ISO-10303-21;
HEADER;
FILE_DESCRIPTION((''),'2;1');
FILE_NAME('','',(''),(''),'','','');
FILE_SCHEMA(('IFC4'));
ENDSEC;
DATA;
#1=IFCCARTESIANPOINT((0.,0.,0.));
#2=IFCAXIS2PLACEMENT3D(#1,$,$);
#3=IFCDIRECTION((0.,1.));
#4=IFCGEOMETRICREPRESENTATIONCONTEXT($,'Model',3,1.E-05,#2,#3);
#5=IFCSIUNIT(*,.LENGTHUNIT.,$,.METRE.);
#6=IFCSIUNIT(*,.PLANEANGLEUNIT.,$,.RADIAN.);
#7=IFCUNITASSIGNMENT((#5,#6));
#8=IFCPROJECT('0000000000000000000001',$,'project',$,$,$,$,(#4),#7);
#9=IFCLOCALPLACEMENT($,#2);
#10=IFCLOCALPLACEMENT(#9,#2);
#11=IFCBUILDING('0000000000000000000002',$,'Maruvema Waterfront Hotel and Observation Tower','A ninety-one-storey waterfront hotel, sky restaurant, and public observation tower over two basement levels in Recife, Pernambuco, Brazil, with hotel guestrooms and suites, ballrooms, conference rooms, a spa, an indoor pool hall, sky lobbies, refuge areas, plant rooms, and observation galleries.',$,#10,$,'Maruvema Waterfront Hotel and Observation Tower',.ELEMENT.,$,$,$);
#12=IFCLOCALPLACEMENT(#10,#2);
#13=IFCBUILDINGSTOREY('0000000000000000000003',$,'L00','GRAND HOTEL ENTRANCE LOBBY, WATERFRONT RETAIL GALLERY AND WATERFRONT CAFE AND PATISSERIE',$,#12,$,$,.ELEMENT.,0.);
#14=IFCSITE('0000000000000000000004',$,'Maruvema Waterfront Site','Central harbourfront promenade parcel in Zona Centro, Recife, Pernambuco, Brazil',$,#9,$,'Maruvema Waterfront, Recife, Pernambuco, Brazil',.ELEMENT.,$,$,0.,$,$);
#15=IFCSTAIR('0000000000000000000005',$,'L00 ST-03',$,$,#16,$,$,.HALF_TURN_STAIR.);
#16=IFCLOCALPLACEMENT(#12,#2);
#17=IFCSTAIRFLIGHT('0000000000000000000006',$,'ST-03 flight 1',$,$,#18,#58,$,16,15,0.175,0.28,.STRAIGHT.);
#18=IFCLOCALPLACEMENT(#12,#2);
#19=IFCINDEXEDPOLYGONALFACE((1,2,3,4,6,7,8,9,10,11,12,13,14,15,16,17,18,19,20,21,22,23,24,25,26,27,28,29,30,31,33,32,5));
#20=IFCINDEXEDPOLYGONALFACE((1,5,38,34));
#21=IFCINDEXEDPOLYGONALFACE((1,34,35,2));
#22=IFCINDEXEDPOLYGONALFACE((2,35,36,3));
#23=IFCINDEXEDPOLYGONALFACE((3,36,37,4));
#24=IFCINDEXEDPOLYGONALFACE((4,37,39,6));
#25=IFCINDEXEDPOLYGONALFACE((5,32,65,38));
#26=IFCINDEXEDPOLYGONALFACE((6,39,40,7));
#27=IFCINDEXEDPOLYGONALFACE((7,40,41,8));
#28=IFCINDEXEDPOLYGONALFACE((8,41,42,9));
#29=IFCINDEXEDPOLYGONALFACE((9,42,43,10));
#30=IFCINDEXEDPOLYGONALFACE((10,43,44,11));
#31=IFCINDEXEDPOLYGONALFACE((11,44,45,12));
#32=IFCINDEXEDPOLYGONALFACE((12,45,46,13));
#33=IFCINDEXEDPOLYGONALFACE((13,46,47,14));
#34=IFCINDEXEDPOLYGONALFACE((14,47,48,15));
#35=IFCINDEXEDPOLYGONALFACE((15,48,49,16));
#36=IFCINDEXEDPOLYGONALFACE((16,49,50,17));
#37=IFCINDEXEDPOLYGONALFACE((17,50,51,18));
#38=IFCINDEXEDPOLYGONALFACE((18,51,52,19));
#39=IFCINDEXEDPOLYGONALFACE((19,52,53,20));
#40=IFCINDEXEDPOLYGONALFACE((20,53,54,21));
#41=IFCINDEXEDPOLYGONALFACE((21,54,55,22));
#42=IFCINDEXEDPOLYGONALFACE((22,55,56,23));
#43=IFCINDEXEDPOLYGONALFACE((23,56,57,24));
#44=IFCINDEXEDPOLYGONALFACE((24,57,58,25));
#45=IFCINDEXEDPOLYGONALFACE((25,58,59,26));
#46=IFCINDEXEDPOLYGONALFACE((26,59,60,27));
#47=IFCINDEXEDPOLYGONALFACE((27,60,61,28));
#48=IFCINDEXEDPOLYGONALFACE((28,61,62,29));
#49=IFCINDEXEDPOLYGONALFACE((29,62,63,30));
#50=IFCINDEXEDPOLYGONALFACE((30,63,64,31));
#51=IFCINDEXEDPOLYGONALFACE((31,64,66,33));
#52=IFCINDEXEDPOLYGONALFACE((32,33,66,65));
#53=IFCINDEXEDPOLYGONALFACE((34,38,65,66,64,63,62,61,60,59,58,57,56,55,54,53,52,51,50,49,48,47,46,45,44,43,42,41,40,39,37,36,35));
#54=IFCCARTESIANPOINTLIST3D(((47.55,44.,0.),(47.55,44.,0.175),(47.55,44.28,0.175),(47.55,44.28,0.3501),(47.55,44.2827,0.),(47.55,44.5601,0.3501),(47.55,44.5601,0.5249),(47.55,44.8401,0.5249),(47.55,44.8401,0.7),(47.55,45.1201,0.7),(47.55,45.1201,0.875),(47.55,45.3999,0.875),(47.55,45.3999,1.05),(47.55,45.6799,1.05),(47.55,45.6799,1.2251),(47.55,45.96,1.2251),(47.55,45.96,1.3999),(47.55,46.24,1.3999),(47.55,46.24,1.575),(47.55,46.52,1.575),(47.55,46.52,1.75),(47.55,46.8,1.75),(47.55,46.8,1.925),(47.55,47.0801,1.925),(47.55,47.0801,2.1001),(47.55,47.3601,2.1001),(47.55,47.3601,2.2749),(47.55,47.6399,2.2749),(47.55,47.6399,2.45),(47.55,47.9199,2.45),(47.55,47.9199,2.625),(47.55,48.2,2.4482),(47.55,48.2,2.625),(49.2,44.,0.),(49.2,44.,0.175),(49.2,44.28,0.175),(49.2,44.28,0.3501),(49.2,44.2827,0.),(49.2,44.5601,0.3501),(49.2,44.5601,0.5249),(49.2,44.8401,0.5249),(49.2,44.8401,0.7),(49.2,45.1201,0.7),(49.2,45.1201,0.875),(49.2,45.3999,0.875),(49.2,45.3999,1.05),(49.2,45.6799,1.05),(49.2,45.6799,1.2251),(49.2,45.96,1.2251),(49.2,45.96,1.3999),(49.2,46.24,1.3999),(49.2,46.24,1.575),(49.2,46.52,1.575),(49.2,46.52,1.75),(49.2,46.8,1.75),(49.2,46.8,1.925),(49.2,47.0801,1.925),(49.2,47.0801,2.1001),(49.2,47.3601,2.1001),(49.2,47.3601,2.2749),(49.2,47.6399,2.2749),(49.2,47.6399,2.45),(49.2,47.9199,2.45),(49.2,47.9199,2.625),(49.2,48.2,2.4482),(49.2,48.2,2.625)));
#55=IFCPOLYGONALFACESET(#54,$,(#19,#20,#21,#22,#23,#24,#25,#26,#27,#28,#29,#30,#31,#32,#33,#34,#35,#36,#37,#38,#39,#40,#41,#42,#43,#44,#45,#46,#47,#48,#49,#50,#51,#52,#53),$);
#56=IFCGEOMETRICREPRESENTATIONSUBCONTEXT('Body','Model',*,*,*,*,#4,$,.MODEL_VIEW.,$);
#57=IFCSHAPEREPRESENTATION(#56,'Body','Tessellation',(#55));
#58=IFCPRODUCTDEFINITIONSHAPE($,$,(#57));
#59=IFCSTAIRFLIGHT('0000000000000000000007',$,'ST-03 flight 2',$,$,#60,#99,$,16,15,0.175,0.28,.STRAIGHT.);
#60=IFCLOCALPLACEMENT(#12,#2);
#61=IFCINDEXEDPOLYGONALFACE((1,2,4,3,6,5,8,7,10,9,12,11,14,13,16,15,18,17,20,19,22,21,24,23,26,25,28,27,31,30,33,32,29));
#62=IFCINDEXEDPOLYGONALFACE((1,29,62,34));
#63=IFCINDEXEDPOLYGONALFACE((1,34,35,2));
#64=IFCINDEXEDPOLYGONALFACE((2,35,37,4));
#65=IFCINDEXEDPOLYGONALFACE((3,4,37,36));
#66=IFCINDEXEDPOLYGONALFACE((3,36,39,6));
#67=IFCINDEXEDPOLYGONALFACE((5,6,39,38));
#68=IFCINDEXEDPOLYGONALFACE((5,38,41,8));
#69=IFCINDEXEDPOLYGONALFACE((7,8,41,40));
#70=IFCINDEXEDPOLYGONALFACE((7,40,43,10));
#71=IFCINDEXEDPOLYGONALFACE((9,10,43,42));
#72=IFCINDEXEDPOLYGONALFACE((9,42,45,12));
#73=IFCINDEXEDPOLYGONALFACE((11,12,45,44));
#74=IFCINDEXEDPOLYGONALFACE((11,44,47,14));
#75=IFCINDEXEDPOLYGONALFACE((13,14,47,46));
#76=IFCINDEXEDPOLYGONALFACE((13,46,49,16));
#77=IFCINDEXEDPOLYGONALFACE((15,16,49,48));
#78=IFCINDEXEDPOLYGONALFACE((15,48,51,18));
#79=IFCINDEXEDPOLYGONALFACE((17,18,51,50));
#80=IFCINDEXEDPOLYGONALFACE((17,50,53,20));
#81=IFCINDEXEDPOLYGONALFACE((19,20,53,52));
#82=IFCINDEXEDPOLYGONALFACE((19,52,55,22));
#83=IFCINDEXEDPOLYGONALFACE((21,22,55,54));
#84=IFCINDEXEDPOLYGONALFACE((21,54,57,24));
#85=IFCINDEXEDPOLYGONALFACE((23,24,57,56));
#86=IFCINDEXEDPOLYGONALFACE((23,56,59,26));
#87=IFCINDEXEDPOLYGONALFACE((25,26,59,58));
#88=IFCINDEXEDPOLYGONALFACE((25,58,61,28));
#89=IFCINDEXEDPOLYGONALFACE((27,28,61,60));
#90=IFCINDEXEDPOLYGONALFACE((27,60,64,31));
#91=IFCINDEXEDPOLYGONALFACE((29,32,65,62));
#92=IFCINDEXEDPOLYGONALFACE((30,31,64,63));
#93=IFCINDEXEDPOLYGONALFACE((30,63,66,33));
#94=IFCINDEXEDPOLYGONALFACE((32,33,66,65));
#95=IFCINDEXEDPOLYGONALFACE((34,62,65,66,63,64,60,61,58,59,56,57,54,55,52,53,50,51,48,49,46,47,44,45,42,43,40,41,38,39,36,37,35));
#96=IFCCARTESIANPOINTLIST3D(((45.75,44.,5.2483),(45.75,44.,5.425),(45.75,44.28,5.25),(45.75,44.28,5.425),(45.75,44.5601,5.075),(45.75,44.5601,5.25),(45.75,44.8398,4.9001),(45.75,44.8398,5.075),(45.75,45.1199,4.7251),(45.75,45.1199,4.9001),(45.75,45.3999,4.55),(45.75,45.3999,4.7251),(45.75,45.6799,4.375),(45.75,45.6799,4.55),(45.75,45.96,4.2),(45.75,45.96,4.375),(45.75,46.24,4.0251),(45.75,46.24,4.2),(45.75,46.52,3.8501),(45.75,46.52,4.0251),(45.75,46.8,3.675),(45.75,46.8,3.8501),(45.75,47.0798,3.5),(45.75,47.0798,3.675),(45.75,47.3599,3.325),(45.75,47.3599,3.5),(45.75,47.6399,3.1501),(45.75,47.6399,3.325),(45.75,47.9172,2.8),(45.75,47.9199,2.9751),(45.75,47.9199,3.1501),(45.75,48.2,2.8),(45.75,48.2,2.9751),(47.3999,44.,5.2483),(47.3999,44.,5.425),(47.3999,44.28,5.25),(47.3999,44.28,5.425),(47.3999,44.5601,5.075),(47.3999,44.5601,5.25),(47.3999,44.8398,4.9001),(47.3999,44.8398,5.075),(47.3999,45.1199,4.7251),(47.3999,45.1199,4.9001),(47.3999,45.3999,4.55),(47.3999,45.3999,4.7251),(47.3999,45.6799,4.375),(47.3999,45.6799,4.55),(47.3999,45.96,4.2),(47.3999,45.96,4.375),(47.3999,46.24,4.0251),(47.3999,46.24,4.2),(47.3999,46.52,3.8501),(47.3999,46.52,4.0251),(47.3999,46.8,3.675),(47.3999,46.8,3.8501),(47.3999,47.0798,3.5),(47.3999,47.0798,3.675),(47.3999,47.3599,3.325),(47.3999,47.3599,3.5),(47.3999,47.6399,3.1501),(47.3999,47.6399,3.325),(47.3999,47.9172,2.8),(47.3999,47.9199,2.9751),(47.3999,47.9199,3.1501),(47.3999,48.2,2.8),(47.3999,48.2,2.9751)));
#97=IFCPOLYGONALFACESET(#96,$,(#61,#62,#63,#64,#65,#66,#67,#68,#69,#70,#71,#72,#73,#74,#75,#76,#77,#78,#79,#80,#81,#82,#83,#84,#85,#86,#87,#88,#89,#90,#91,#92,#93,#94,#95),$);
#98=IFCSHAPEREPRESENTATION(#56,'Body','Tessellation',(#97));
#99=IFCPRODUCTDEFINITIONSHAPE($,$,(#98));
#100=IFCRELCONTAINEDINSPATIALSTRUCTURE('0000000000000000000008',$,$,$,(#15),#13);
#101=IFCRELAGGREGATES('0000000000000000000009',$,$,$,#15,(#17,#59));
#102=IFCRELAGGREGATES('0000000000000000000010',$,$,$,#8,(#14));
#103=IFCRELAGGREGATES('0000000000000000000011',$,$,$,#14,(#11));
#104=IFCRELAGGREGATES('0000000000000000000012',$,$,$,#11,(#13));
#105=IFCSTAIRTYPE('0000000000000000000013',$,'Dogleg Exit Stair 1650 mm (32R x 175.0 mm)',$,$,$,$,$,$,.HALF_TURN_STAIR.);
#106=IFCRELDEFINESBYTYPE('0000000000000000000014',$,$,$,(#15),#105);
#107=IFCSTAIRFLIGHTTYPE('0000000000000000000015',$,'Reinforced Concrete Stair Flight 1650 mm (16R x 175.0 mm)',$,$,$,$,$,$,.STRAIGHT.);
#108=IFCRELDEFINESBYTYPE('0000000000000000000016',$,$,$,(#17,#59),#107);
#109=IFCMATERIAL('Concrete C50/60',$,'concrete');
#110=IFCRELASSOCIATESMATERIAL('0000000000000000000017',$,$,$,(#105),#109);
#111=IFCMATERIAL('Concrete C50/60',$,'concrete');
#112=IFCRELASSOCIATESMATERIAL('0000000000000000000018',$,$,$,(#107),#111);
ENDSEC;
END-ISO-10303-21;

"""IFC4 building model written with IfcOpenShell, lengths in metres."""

from ifc_helpers import new_model, si_unit, direction, frame, origin, place, context, subcontext, project, spatial, polyline, outline, extrude, material, type_object, element, aggregate, save


model = new_model("IFC4")

# Units and contexts
model_context = context("Model", 3, precision=1e-05, world=origin(), true_north=direction((0.0, 1.0)))
body_context = subcontext(model_context, "Body", "Model", "MODEL_VIEW")
ifc_project = project(units=[si_unit("LENGTHUNIT", "METRE"), si_unit("PLANEANGLEUNIT", "RADIAN")], contexts=[model_context])

# Site, building, storey
site_placement = place(None, origin())
site = spatial("IfcSite", under=ifc_project, at=site_placement, Name="Maruvema Waterfront Site", Description="Central harbourfront promenade parcel in Zona Centro, Recife, Pernambuco, Brazil", LongName="Maruvema Waterfront, Recife, Pernambuco, Brazil", CompositionType="ELEMENT", RefElevation=0.0)
building_placement = place(site_placement, origin())
building = spatial("IfcBuilding", under=site, at=building_placement, Name="Maruvema Waterfront Hotel and Observation Tower", Description="A ninety-one-storey waterfront hotel, sky restaurant, and public observation tower over two basement levels in Recife, Pernambuco, Brazil, with hotel guestrooms and suites, ballrooms, conference rooms, a spa, an indoor pool hall, sky lobbies, refuge areas, plant rooms, and observation galleries.", LongName="Maruvema Waterfront Hotel and Observation Tower", CompositionType="ELEMENT")
storey_placement = place(building_placement, origin())
storey = spatial("IfcBuildingStorey", under=building, at=storey_placement, Name="L00", Description="GRAND HOTEL ENTRANCE LOBBY, WATERFRONT RETAIL GALLERY AND WATERFRONT CAFE AND PATISSERIE", CompositionType="ELEMENT", Elevation=0.0)

# Stair, stair flights
ifc_material_1 = material(Name="Concrete C50/60", Category="concrete")
stair_type = type_object("IfcStairType", Name="Dogleg Exit Stair 1650 mm (32R x 175.0 mm)", PredefinedType="HALF_TURN_STAIR", material=ifc_material_1)
stair_placement = place(storey_placement, origin())
stair = element("IfcStair", 1, at=stair_placement, inside=storey, type_object=stair_type, Name="L00 ST-03", PredefinedType="HALF_TURN_STAIR")
ifc_material_2 = material(Name="Concrete C50/60", Category="concrete")
stair_flight_type = type_object("IfcStairFlightType", Name="Reinforced Concrete Stair Flight 1650 mm (16R x 175.0 mm)", PredefinedType="STRAIGHT", material=ifc_material_2)
stair_flight_1_placement = place(storey_placement, frame((48.375, 44.0, 0.0), z_axis=(0.0, 0.0, 1.0), x_axis=(0.0, 1.0, 0.0)))
stair_flight_1 = element("IfcStairFlight", 2, at=stair_flight_1_placement, type_object=stair_flight_type, Name="ST-03 flight 1", NumberOfRisers=16, NumberOfTreads=15, PredefinedType="STRAIGHT", RiserHeight=0.175, TreadLength=0.28, context=body_context, shape_type="SweptSolid", body=[
    extrude(outline(polyline([(0.0, 0.0), (0.0, 0.175), (0.28, 0.175), (0.28, 0.3501), (0.5601, 0.3501), (0.5601, 0.5249), (0.8401, 0.5249), (0.8401, 0.7), (1.1201, 0.7), (1.1201, 0.875), (1.3999, 0.875), (1.3999, 1.05), (1.6799, 1.05), (1.6799, 1.2251), (1.96, 1.2251), (1.96, 1.3999), (2.24, 1.3999), (2.24, 1.575), (2.52, 1.575), (2.52, 1.75), (2.8, 1.75), (2.8, 1.925), (3.0801, 1.925), (3.0801, 2.1001), (3.3601, 2.1001), (3.3601, 2.2749), (3.6399, 2.2749), (3.6399, 2.45), (3.9199, 2.45), (3.9199, 2.625), (4.2, 2.625), (4.2, 2.8), (4.2, 2.4482), (0.2827, 0.0), (0.0, 0.0)])), frame((0.0, 0.825, 0.0), z_axis=(0.0, -1.0, 0.0), x_axis=(1.0, 0.0, 0.0)), (0.0, 0.0, 1.0), 1.6499),
])
stair_flight_2_placement = place(storey_placement, frame((46.575, 48.2, 2.8), z_axis=(0.0, 0.0, 1.0), x_axis=(0.0, -1.0, 0.0)))
stair_flight_2 = element("IfcStairFlight", 3, at=stair_flight_2_placement, type_object=stair_flight_type, Name="ST-03 flight 2", NumberOfRisers=16, NumberOfTreads=15, PredefinedType="STRAIGHT", RiserHeight=0.175, TreadLength=0.28, context=body_context, shape_type="SweptSolid", body=[
    extrude(outline(polyline([(0.0, 0.0), (0.0, 0.175), (0.28, 0.175), (0.28, 0.3501), (0.5601, 0.3501), (0.5601, 0.5249), (0.8401, 0.5249), (0.8401, 0.7), (1.1201, 0.7), (1.1201, 0.875), (1.3999, 0.875), (1.3999, 1.05), (1.6799, 1.05), (1.6799, 1.2251), (1.96, 1.2251), (1.96, 1.3999), (2.24, 1.3999), (2.24, 1.575), (2.52, 1.575), (2.52, 1.75), (2.8, 1.75), (2.8, 1.925), (3.0801, 1.925), (3.0801, 2.1001), (3.3601, 2.1001), (3.3601, 2.2749), (3.6399, 2.2749), (3.6399, 2.45), (3.9199, 2.45), (3.9199, 2.625), (4.2, 2.625), (4.2, 2.8), (4.2, 2.4482), (0.2827, 0.0), (0.0, 0.0)])), frame((0.0, 0.825, 0.0), z_axis=(0.0, -1.0, 0.0), x_axis=(1.0, 0.0, 0.0)), (0.0, 0.0, 1.0), 1.6499),
])
aggregate(stair, [stair_flight_1, stair_flight_2])

save(model, "model.ifc")
